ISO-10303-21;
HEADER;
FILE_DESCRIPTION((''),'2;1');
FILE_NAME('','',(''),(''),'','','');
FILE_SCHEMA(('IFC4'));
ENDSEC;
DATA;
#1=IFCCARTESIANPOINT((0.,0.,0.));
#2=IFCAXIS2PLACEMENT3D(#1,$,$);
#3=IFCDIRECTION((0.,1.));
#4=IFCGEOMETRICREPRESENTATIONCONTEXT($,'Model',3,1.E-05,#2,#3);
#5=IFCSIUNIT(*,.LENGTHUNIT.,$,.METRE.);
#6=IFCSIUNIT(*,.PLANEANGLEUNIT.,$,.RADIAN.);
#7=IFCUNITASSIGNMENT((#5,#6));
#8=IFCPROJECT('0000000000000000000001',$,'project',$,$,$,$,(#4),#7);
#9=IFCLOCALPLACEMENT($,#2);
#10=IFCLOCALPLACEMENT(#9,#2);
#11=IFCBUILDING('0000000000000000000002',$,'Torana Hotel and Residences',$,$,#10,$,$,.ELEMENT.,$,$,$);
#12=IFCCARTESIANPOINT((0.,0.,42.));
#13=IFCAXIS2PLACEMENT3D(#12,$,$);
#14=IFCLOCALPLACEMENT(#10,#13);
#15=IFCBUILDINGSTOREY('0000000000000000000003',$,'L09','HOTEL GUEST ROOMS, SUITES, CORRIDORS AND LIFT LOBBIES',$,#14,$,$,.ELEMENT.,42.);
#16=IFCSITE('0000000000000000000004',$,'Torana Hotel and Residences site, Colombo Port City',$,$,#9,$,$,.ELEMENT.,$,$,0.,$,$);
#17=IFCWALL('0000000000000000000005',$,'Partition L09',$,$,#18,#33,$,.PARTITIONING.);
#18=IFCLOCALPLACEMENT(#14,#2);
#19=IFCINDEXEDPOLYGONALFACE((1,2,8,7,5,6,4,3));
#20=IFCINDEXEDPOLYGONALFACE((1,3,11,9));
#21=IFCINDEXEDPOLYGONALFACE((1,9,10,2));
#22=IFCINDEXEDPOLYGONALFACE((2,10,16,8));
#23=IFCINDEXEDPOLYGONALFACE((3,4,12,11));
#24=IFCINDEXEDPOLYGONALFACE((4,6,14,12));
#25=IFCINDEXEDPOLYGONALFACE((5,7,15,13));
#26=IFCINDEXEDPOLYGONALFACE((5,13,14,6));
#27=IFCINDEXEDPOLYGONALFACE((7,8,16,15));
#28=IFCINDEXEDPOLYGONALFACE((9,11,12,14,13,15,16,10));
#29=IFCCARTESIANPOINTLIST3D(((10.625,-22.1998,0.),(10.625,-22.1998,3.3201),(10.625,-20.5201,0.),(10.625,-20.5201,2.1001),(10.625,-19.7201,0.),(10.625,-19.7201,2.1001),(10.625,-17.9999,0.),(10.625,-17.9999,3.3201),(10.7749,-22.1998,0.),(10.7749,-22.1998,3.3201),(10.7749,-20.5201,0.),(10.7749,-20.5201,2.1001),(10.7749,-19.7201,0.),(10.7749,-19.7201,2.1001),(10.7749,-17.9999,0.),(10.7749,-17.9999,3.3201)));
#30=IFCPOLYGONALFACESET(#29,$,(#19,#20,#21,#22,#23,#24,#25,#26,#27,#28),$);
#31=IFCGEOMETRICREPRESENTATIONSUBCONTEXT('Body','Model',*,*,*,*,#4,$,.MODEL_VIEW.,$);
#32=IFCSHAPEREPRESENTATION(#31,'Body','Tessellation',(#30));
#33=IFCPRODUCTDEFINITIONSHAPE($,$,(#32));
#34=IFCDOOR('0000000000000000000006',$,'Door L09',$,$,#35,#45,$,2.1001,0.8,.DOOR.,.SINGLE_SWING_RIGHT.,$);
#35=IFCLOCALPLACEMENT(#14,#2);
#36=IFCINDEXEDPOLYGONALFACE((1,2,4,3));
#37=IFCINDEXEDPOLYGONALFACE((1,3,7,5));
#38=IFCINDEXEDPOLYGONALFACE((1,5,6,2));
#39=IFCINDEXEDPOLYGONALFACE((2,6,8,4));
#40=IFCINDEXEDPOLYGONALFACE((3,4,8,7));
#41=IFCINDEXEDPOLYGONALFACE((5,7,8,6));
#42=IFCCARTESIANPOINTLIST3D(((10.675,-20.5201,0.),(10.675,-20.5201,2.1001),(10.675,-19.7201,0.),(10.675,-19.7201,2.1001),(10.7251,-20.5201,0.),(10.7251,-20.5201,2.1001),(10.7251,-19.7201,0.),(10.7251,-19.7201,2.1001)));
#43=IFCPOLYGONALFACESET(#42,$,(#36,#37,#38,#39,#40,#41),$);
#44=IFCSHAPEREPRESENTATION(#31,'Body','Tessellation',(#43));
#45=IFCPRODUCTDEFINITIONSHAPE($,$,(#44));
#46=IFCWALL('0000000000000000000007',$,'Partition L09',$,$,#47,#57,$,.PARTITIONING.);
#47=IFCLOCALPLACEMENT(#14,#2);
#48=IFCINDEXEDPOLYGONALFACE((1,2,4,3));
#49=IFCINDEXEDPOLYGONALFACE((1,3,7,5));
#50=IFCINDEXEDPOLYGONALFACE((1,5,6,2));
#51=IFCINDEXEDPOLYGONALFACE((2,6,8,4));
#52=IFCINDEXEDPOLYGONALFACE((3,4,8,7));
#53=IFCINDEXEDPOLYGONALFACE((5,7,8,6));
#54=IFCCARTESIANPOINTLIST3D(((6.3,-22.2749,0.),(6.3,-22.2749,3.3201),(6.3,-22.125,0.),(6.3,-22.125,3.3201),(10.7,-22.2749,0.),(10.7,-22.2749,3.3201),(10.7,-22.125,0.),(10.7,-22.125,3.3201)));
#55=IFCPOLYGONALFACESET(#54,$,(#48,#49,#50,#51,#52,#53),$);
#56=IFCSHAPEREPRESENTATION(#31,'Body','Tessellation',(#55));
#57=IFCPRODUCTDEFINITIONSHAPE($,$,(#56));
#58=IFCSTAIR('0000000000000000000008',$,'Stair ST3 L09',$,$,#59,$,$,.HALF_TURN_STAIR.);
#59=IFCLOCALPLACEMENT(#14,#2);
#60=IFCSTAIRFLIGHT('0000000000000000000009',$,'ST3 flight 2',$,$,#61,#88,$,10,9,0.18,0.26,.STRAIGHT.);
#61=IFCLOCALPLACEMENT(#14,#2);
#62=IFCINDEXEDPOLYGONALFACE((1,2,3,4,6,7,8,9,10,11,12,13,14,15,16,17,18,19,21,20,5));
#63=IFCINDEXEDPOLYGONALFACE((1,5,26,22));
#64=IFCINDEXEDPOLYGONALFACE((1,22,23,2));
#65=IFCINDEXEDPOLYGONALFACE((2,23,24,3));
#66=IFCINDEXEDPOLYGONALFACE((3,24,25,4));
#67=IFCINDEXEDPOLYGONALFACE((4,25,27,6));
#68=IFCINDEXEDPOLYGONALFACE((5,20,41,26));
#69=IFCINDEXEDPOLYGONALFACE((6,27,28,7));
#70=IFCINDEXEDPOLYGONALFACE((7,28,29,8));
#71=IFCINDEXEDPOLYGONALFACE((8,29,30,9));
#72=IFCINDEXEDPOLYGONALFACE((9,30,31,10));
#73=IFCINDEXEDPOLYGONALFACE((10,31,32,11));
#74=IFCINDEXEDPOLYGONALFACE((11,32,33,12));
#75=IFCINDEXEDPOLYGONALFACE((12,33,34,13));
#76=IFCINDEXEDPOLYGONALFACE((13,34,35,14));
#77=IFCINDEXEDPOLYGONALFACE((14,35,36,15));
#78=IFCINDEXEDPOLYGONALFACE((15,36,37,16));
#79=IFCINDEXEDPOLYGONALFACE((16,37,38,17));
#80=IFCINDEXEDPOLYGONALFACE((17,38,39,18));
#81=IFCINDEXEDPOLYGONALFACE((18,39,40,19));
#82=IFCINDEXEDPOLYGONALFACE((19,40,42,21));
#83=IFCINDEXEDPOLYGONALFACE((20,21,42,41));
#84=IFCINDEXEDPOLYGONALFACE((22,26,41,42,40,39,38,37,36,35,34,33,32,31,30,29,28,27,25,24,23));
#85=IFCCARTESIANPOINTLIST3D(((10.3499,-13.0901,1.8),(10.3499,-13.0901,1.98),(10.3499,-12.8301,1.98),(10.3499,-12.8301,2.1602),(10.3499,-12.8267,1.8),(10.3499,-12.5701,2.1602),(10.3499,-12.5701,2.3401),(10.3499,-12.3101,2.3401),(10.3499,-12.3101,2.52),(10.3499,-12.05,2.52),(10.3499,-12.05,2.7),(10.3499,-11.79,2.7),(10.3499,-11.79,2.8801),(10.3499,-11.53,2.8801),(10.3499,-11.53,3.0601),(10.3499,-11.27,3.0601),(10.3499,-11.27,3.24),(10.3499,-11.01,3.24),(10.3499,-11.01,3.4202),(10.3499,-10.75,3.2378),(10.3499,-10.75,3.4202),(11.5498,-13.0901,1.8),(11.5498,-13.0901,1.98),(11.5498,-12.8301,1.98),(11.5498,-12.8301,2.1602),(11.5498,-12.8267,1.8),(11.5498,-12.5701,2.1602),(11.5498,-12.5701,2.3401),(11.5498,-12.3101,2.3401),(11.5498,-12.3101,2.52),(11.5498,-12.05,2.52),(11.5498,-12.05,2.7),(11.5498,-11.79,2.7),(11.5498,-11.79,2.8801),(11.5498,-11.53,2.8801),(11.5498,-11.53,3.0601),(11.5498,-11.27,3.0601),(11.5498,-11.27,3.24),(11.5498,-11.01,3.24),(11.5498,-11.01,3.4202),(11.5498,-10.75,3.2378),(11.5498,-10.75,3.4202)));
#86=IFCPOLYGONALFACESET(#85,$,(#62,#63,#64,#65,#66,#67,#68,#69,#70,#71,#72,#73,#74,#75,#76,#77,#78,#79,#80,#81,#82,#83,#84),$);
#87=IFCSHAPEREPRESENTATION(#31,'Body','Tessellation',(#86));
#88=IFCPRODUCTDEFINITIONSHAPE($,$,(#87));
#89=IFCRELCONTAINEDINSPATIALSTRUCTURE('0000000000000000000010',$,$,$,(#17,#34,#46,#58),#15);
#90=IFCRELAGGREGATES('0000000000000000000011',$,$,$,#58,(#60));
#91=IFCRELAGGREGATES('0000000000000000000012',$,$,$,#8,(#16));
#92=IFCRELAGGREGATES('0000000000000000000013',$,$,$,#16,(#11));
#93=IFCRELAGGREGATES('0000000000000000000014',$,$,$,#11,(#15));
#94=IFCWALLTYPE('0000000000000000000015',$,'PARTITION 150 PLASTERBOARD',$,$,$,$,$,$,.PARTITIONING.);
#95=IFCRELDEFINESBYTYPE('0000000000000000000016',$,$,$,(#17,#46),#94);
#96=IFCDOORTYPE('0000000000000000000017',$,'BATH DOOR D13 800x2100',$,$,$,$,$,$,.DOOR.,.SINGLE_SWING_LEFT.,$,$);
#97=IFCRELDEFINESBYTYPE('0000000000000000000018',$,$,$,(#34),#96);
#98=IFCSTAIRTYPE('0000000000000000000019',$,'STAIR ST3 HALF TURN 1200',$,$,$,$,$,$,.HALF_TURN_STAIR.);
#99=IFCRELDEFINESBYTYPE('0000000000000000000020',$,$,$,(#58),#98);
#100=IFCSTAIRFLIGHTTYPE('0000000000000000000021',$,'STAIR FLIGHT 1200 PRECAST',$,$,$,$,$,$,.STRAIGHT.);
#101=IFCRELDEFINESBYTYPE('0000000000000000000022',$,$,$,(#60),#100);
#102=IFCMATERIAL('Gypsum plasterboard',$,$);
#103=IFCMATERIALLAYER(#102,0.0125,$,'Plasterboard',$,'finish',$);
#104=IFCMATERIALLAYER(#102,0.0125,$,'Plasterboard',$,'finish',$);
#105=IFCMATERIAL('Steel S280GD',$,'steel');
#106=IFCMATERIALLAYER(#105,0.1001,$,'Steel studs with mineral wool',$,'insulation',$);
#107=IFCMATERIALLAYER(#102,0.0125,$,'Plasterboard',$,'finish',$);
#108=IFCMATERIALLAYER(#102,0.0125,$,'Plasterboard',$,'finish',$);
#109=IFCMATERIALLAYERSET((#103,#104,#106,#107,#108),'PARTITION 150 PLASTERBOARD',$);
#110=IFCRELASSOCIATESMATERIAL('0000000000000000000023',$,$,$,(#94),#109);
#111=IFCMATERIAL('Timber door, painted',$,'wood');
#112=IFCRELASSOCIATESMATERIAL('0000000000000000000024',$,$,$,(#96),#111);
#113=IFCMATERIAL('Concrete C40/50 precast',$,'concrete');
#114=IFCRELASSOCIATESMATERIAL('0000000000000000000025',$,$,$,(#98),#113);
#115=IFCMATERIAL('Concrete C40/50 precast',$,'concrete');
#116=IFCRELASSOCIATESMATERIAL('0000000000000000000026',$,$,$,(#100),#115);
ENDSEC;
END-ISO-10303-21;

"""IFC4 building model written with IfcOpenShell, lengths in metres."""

from ifc_helpers import new_model, si_unit, direction, frame, frame_2d, origin, place, context, subcontext, project, spatial, polyline, rectangle, outline, extrude, material, layer, layer_set, type_object, element, fill, aggregate, save


model = new_model("IFC4")

# Units and contexts
model_context = context("Model", 3, precision=1e-05, world=origin(), true_north=direction((0.0, 1.0)))
body_context = subcontext(model_context, "Body", "Model", "MODEL_VIEW")
ifc_project = project(units=[si_unit("LENGTHUNIT", "METRE"), si_unit("PLANEANGLEUNIT", "RADIAN")], contexts=[model_context])

# Site, building, storey
site_placement = place(None, origin())
site = spatial("IfcSite", under=ifc_project, at=site_placement, Name="Torana Hotel and Residences site, Colombo Port City", CompositionType="ELEMENT", RefElevation=0.0)
building_placement = place(site_placement, origin())
building = spatial("IfcBuilding", under=site, at=building_placement, Name="Torana Hotel and Residences", CompositionType="ELEMENT")
storey_placement = place(building_placement, frame((0.0, 0.0, 42.0)))
storey = spatial("IfcBuildingStorey", under=building, at=storey_placement, Name="L09", Description="HOTEL GUEST ROOMS, SUITES, CORRIDORS AND LIFT LOBBIES", CompositionType="ELEMENT", Elevation=42.0)

# Wall, opening, door
ifc_material_1 = material(Name="Gypsum plasterboard")
ifc_layer_1 = layer(ifc_material_1, 0.0125, Name="Plasterboard", Category="finish")
ifc_layer_2 = layer(ifc_material_1, 0.0125, Name="Plasterboard", Category="finish")
ifc_material_2 = material(Name="Steel S280GD", Category="steel")
ifc_layer_3 = layer(ifc_material_2, 0.1001, Name="Steel studs with mineral wool", Category="insulation")
ifc_layer_4 = layer(ifc_material_1, 0.0125, Name="Plasterboard", Category="finish")
ifc_layer_5 = layer(ifc_material_1, 0.0125, Name="Plasterboard", Category="finish")
ifc_layer_set_1 = layer_set([ifc_layer_1, ifc_layer_2, ifc_layer_3, ifc_layer_4, ifc_layer_5], Name="PARTITION 150 PLASTERBOARD")
wall_type_1 = type_object("IfcWallType", Name="PARTITION 150 PLASTERBOARD", PredefinedType="PARTITIONING", material=ifc_layer_set_1)
wall_1_placement = place(storey_placement, frame((10.7, -22.2, 0.0), z_axis=(0.0, 0.0, 1.0), x_axis=(0.0, 1.0, 0.0)))
wall_1 = element("IfcWall", 1, at=wall_1_placement, inside=storey, type_object=wall_type_1, Name="Partition L09", PredefinedType="PARTITIONING", context=body_context, shape_type="SweptSolid", body=[
    extrude(rectangle(XDim=4.2, YDim=0.1499, at=frame_2d((2.1001, 0.0))), origin(), (0.0, 0.0, 1.0), 3.3201),
])
opening_1_placement = place(wall_1_placement, frame((1.6799, 0.0, 0.0)))
opening_1 = element("IfcOpeningElement", 2, at=opening_1_placement, cuts=wall_1, PredefinedType="OPENING", context=body_context, shape_type="SweptSolid", body=[
    extrude(rectangle(XDim=0.8, YDim=2.1001, at=frame_2d((0.3999, 1.05))), frame((0.0, 0.085, 0.0), z_axis=(0.0, -1.0, 0.0), x_axis=(1.0, 0.0, 0.0)), (0.0, 0.0, 1.0), 0.1699),
])
ifc_material_3 = material(Name="Timber door, painted", Category="wood")
door_type_1 = type_object("IfcDoorType", Name="BATH DOOR D13 800x2100", OperationType="SINGLE_SWING_LEFT", PredefinedType="DOOR", material=ifc_material_3)
door_1_placement = place(opening_1_placement, origin())
door_1 = element("IfcDoor", 3, at=door_1_placement, inside=storey, type_object=door_type_1, Name="Door L09", OperationType="SINGLE_SWING_RIGHT", OverallHeight=2.1001, OverallWidth=0.8, PredefinedType="DOOR", context=body_context, shape_type="SweptSolid", body=[
    extrude(rectangle(XDim=0.8, YDim=2.1001, at=frame_2d((0.3999, 1.05))), frame((0.0, 0.0249, 0.0), z_axis=(0.0, -1.0, 0.0), x_axis=(1.0, 0.0, 0.0)), (0.0, 0.0, 1.0), 0.05),
])
fill(opening_1, door_1)

# Wall
wall_2_placement = place(storey_placement, frame((6.3, -22.2, 0.0), z_axis=(0.0, 0.0, 1.0), x_axis=(1.0, 0.0, 0.0)))
element("IfcWall", 4, at=wall_2_placement, inside=storey, type_object=wall_type_1, Name="Partition L09", PredefinedType="PARTITIONING", context=body_context, shape_type="SweptSolid", body=[
    extrude(rectangle(XDim=4.3999, YDim=0.1499, at=frame_2d((2.2, 0.0))), origin(), (0.0, 0.0, 1.0), 3.3201),
])

# Stair, stair flight
ifc_material_4 = material(Name="Concrete C40/50 precast", Category="concrete")
stair_type = type_object("IfcStairType", Name="STAIR ST3 HALF TURN 1200", PredefinedType="HALF_TURN_STAIR", material=ifc_material_4)
stair_placement = place(storey_placement, origin())
stair = element("IfcStair", 5, at=stair_placement, inside=storey, type_object=stair_type, Name="Stair ST3 L09", PredefinedType="HALF_TURN_STAIR")
ifc_material_5 = material(Name="Concrete C40/50 precast", Category="concrete")
stair_flight_type = type_object("IfcStairFlightType", Name="STAIR FLIGHT 1200 PRECAST", PredefinedType="STRAIGHT", material=ifc_material_5)
stair_flight_placement = place(storey_placement, frame((10.95, -13.0901, 1.8), z_axis=(0.0, 0.0, 1.0), x_axis=(0.0, 1.0, 0.0)))
stair_flight = element("IfcStairFlight", 6, at=stair_flight_placement, type_object=stair_flight_type, Name="ST3 flight 2", NumberOfRisers=10, NumberOfTreads=9, PredefinedType="STRAIGHT", RiserHeight=0.18, TreadLength=0.26, context=body_context, shape_type="SweptSolid", body=[
    extrude(outline(polyline([(0.0, 0.0), (0.0, 0.1799), (0.26, 0.1799), (0.26, 0.3601), (0.52, 0.3601), (0.52, 0.54), (0.78, 0.54), (0.78, 0.72), (1.04, 0.72), (1.04, 0.8999), (1.3, 0.8999), (1.3, 1.0801), (1.5601, 1.0801), (1.5601, 1.26), (1.8201, 1.26), (1.8201, 1.4399), (2.0801, 1.4399), (2.0801, 1.6201), (2.3401, 1.6201), (2.3401, 1.8), (2.3401, 1.4377), (0.2634, 0.0), (0.0, 0.0)])), frame((0.0, 0.6001, 0.0), z_axis=(0.0, -1.0, 0.0), x_axis=(1.0, 0.0, 0.0)), (0.0, 0.0, 1.0), 1.2),
])
aggregate(stair, [stair_flight])

save(model, "model.ifc")
